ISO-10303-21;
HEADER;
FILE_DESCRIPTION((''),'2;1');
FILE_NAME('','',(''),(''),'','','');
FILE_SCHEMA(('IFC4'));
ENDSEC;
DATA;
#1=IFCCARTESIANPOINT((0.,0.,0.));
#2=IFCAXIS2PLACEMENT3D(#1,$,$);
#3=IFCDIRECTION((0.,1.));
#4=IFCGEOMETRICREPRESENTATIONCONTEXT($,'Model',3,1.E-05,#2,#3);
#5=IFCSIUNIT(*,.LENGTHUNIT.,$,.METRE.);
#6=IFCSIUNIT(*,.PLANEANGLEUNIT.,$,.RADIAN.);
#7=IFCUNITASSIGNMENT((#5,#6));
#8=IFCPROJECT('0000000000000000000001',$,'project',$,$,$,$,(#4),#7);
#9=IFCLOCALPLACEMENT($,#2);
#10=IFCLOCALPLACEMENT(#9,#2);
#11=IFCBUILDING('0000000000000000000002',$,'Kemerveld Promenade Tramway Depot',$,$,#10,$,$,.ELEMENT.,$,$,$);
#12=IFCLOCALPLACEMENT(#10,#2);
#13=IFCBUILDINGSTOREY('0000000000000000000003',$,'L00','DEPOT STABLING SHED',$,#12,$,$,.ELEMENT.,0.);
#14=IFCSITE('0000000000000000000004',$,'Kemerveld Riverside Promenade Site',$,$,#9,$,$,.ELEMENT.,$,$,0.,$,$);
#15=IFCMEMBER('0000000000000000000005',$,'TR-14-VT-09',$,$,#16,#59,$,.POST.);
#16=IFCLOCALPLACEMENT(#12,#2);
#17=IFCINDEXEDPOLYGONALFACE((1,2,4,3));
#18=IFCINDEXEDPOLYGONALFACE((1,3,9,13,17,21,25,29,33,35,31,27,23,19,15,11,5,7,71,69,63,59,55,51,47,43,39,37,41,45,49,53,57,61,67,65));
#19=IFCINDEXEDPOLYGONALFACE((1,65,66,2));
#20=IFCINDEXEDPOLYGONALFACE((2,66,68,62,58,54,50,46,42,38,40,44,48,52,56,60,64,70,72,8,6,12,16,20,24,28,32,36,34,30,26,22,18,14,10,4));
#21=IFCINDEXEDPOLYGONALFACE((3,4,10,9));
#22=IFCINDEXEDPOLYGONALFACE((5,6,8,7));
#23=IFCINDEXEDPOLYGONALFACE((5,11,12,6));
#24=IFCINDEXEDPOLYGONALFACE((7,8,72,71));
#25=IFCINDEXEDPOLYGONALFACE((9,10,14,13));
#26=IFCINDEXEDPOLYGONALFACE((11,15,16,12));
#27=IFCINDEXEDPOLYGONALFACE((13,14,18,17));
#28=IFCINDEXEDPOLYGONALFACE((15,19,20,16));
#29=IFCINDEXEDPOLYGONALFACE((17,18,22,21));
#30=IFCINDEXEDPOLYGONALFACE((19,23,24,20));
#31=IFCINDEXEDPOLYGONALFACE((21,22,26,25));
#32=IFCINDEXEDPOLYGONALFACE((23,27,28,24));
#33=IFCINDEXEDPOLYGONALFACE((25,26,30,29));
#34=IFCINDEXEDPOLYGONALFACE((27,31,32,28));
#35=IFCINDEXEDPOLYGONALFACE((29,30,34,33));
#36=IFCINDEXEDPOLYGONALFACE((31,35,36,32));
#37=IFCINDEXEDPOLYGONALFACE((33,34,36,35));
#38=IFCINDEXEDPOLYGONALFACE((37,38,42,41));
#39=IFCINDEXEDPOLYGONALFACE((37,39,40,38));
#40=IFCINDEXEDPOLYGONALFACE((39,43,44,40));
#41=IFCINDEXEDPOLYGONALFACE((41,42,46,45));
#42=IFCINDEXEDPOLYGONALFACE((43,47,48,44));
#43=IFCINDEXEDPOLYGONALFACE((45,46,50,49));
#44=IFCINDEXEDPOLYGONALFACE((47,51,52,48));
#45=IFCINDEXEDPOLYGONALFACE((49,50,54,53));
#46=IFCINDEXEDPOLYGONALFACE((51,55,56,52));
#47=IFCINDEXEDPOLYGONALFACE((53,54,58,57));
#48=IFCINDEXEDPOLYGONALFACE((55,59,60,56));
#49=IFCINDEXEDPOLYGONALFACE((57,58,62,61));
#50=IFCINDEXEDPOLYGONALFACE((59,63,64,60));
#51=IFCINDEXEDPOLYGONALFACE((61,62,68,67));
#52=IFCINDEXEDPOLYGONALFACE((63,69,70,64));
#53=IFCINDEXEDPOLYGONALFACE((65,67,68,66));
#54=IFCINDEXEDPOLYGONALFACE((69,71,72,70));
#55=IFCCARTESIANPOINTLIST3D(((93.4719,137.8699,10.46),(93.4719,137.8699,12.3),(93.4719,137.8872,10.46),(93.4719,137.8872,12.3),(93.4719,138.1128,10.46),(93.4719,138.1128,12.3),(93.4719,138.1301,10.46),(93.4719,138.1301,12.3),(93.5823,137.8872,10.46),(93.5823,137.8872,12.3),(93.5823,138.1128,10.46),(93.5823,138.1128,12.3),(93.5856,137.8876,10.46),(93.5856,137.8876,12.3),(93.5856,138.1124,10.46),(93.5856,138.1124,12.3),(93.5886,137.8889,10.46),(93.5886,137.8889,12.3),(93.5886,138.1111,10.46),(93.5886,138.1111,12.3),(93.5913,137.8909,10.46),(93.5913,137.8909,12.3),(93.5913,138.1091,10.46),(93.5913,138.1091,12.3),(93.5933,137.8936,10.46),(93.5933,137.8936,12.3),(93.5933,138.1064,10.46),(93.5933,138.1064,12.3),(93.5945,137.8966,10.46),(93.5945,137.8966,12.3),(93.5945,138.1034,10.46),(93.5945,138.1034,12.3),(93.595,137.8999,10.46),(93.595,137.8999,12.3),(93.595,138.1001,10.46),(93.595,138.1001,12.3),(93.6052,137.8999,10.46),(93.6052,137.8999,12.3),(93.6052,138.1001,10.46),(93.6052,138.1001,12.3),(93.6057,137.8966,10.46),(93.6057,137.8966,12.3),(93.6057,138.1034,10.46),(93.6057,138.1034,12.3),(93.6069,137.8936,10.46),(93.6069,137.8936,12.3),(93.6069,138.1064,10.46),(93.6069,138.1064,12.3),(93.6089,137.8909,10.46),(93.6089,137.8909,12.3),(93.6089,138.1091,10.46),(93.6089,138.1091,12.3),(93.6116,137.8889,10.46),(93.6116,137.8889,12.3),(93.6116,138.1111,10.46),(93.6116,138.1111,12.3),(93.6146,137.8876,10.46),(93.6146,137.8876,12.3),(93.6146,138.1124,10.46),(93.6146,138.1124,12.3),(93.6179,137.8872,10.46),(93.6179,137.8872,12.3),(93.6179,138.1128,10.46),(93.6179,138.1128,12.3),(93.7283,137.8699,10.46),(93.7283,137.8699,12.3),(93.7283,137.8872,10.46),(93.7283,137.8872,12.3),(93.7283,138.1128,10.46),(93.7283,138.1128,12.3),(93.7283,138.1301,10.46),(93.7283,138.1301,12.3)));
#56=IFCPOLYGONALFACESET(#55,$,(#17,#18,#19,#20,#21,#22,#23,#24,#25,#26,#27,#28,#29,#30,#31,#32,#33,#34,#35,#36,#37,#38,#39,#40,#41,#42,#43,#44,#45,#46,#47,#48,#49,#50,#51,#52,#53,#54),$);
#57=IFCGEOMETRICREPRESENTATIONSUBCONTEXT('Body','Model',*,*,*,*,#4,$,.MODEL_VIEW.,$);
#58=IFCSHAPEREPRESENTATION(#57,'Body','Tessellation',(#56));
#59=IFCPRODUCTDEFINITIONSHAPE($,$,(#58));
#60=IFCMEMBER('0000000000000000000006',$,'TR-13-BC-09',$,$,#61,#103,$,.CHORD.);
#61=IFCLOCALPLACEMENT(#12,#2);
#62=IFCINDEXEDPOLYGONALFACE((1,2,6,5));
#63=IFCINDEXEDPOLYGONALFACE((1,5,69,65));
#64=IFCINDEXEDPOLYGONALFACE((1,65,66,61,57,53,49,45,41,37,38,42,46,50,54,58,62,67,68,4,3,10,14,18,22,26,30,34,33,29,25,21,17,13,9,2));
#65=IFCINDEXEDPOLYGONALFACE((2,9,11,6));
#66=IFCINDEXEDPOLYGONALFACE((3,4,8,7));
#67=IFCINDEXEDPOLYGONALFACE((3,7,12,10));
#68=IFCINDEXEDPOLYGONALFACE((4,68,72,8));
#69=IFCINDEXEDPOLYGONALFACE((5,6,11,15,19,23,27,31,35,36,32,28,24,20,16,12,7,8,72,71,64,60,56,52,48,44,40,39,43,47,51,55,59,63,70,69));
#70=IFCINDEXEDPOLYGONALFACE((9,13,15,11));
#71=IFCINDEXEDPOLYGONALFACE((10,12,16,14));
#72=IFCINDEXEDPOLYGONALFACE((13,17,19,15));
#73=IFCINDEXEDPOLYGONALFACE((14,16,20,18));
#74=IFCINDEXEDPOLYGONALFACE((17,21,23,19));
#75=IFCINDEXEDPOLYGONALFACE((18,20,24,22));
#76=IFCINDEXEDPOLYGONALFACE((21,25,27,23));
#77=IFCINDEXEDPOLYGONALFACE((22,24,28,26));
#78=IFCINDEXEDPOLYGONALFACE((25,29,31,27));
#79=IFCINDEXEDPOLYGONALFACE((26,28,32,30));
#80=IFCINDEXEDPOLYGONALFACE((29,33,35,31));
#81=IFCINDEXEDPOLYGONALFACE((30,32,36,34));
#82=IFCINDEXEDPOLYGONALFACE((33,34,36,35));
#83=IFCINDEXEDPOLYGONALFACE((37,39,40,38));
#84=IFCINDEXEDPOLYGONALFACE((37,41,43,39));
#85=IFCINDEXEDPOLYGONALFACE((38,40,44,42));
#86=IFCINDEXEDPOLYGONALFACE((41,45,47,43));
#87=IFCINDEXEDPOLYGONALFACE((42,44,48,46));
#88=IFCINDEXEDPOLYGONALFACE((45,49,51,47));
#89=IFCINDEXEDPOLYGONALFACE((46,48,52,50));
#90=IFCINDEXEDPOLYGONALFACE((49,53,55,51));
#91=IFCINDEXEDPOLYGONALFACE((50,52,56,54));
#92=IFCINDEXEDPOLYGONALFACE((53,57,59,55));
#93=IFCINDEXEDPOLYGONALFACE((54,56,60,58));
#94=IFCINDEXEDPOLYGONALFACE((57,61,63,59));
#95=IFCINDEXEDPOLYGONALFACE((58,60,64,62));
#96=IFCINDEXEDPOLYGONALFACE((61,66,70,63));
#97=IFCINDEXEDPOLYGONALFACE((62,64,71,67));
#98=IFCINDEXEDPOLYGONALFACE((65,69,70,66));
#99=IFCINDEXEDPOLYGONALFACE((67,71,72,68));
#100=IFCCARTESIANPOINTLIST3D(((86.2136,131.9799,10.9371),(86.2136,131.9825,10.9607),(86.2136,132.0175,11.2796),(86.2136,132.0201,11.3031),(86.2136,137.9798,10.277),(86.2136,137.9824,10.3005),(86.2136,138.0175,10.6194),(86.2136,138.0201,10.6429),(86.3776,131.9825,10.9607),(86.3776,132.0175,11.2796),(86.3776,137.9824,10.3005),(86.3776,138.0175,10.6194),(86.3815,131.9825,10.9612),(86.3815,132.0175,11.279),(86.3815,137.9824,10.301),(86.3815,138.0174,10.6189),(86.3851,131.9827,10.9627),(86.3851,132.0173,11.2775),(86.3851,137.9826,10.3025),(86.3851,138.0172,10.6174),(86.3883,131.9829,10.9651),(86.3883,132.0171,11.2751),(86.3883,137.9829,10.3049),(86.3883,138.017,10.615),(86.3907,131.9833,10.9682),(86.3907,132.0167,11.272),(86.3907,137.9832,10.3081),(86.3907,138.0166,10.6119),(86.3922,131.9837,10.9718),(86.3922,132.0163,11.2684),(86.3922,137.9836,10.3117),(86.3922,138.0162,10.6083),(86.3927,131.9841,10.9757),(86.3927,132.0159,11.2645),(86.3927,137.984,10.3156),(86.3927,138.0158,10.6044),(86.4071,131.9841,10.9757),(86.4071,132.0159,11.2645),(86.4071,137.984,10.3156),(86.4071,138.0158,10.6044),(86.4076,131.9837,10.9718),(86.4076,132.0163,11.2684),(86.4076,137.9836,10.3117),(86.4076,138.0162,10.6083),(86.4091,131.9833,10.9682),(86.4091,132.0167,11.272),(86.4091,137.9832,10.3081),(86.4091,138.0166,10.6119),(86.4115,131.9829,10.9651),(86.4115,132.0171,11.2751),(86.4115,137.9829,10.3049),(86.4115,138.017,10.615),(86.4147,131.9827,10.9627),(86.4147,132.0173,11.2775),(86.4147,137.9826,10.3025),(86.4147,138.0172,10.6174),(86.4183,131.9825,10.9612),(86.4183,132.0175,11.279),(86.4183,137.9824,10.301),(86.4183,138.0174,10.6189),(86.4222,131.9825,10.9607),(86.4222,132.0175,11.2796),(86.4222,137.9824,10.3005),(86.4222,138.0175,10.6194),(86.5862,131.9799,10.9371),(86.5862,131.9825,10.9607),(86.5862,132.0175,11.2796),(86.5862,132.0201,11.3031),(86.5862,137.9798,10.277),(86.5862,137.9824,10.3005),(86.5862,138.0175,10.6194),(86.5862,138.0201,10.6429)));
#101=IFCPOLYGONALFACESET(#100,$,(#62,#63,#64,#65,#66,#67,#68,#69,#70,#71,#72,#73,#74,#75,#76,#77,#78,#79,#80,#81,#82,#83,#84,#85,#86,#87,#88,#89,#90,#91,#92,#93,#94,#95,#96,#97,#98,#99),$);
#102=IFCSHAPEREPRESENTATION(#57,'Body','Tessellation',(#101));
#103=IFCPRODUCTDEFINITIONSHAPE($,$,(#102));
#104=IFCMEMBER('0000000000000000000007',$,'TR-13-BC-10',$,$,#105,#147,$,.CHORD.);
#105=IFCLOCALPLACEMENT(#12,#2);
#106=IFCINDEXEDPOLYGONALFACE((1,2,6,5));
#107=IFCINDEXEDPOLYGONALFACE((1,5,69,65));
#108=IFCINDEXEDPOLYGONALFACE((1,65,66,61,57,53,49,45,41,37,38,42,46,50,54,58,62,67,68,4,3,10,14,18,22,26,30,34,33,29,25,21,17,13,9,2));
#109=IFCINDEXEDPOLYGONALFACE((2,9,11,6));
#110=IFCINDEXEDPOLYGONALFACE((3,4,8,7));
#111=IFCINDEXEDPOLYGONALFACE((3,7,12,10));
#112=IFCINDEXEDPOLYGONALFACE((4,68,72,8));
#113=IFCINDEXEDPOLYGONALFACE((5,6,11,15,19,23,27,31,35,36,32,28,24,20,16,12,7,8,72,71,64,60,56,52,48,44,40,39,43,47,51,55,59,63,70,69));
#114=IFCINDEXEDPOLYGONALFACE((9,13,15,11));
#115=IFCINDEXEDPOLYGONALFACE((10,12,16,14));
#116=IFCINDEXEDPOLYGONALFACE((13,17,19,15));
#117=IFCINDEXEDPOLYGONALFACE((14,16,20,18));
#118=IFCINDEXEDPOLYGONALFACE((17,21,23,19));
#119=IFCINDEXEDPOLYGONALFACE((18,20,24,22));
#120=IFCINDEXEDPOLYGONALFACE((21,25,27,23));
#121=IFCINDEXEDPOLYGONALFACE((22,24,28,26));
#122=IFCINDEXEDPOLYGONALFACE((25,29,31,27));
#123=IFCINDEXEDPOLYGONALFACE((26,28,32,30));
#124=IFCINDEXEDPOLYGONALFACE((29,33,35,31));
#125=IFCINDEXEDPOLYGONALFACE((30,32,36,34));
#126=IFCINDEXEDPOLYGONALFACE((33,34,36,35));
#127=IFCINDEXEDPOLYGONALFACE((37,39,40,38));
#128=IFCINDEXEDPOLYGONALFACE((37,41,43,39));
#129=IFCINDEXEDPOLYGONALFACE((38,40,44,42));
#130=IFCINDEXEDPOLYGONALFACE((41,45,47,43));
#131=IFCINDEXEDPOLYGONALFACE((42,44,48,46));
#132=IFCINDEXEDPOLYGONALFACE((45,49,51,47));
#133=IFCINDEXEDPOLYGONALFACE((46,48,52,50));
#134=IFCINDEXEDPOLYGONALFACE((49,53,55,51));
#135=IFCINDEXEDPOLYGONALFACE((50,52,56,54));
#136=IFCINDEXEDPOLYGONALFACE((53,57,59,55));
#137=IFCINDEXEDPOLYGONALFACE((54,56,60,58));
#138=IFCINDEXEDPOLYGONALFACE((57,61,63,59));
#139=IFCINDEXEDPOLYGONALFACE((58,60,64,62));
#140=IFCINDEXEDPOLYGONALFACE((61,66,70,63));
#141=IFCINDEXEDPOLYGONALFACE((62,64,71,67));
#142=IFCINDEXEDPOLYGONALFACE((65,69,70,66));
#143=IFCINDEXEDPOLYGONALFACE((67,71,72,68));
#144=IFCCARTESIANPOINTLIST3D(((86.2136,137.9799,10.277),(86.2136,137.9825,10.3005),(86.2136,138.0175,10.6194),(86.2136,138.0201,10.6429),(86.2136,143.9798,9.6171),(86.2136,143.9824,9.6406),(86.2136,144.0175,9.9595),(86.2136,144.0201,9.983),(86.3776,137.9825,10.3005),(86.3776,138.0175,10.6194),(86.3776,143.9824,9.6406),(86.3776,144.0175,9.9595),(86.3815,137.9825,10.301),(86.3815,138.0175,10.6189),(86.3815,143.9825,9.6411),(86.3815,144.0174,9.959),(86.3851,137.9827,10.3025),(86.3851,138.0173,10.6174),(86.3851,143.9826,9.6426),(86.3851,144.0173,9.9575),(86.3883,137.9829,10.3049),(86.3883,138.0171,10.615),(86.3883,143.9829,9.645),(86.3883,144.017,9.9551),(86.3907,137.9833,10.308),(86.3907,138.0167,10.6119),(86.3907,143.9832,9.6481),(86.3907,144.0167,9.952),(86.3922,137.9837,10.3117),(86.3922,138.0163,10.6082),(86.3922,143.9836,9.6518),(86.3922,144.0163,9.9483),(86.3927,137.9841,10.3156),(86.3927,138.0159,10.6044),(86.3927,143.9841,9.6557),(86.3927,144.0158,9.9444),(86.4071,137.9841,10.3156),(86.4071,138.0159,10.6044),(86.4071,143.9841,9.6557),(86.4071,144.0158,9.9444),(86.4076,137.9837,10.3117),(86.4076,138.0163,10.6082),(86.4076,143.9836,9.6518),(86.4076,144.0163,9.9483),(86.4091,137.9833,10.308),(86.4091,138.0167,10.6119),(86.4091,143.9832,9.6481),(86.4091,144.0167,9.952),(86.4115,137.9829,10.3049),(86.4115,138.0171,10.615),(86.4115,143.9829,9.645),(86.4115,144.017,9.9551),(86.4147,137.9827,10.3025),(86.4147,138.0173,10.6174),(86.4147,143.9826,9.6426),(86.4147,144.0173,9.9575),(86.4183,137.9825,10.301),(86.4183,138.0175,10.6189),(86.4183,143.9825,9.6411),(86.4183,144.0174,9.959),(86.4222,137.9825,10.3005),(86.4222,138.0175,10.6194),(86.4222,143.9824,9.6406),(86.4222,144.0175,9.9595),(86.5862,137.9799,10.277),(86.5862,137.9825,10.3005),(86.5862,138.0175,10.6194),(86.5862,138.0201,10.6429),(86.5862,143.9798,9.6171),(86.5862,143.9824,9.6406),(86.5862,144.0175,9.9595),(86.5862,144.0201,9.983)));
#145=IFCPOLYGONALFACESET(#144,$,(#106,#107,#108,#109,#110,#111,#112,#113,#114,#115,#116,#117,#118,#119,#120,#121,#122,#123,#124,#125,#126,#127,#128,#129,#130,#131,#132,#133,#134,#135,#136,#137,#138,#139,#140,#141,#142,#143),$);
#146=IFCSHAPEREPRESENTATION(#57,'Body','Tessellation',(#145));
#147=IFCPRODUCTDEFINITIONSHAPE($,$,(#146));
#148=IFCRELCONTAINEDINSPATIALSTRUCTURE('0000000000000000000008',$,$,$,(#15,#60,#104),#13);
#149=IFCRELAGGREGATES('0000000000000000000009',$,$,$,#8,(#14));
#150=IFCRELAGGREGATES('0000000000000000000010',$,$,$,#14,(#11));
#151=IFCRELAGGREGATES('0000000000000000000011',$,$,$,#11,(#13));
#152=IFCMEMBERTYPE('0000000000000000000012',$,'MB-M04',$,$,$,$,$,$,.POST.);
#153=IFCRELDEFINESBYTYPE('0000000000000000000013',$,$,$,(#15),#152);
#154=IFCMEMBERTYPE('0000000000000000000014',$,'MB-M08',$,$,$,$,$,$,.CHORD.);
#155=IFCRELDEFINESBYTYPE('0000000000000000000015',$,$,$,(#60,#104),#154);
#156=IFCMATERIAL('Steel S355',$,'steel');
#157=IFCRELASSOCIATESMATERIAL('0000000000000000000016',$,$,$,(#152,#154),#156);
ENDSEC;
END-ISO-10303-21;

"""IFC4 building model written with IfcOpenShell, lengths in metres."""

from ifc_helpers import new_model, si_unit, direction, frame, origin, origin_2d, place, context, subcontext, project, spatial, i_section, extrude, material, material_profile, profile_set, type_object, element, save


model = new_model("IFC4")

# Units and contexts
model_context = context("Model", 3, precision=1e-05, world=origin(), true_north=direction((0.0, 1.0)))
body_context = subcontext(model_context, "Body", "Model", "MODEL_VIEW")
ifc_project = project(units=[si_unit("LENGTHUNIT", "METRE"), si_unit("PLANEANGLEUNIT", "RADIAN")], contexts=[model_context])

# Site, building, storey
site_placement = place(None, origin())
site = spatial("IfcSite", under=ifc_project, at=site_placement, Name="Kemerveld Riverside Promenade Site", CompositionType="ELEMENT", RefElevation=0.0)
building_placement = place(site_placement, origin())
building = spatial("IfcBuilding", under=site, at=building_placement, Name="Kemerveld Promenade Tramway Depot", CompositionType="ELEMENT")
storey_placement = place(building_placement, origin())
storey = spatial("IfcBuildingStorey", under=building, at=storey_placement, Name="L00", Description="DEPOT STABLING SHED", CompositionType="ELEMENT", Elevation=0.0)

# Members
ifc_material_1 = material(Name="Steel S355", Category="steel")
ifc_material_profile_1 = material_profile(ifc_material_1, i_section(OverallWidth=0.2563, OverallDepth=0.2603, WebThickness=0.0103, FlangeThickness=0.0173, FilletRadius=0.0127, at=origin_2d()), Name="254x254x89 UC")
ifc_profile_set_1 = profile_set([ifc_material_profile_1], Name="Steel S355")
member_type_1 = type_object("IfcMemberType", Name="MB-M04", PredefinedType="POST", material=ifc_profile_set_1)
member_1_placement = place(storey_placement, frame((93.6001, 138.0, 10.46), z_axis=(0.0, 0.0, 1.0), x_axis=(1.0, 0.0, 0.0)))
element("IfcMember", 1, at=member_1_placement, inside=storey, type_object=member_type_1, Name="TR-14-VT-09", PredefinedType="POST", context=body_context, shape_type="SweptSolid", body=[
    extrude(i_section(OverallWidth=0.2563, OverallDepth=0.2603, WebThickness=0.0103, FlangeThickness=0.0173, FilletRadius=0.0127, at=origin_2d()), origin(), (0.0, 0.0, 1.0), 1.8401),
])
ifc_material_profile_2 = material_profile(ifc_material_1, i_section(OverallWidth=0.3726, OverallDepth=0.3682, WebThickness=0.0144, FlangeThickness=0.0237, FilletRadius=0.0151, at=origin_2d()), Name="356x368x177 UC")
ifc_profile_set_2 = profile_set([ifc_material_profile_2], Name="Steel S355")
member_type_2 = type_object("IfcMemberType", Name="MB-M08", PredefinedType="CHORD", material=ifc_profile_set_2)
for number, where, z_axis, x_axis, name in (
    (2, (86.3999, 132.0, 11.1201), (0.0, 0.994002, -0.109366), (-1.0, 0.0, 0.0), "TR-13-BC-09"),
    (3, (86.3999, 138.0, 10.46), (0.0, 0.994006, -0.109326), (-1.0, 0.0, 0.0), "TR-13-BC-10"),
):
    element("IfcMember", number, at=place(storey_placement, frame(where, z_axis=z_axis, x_axis=x_axis)), inside=storey, type_object=member_type_2, Name=name, PredefinedType="CHORD", context=body_context, shape_type="SweptSolid", body=[
        extrude(i_section(OverallWidth=0.3726, OverallDepth=0.3682, WebThickness=0.0144, FlangeThickness=0.0237, FilletRadius=0.0151, at=origin_2d()), origin(), (0.0, 0.0, 1.0), 6.0361),
    ])

save(model, "model.ifc")
